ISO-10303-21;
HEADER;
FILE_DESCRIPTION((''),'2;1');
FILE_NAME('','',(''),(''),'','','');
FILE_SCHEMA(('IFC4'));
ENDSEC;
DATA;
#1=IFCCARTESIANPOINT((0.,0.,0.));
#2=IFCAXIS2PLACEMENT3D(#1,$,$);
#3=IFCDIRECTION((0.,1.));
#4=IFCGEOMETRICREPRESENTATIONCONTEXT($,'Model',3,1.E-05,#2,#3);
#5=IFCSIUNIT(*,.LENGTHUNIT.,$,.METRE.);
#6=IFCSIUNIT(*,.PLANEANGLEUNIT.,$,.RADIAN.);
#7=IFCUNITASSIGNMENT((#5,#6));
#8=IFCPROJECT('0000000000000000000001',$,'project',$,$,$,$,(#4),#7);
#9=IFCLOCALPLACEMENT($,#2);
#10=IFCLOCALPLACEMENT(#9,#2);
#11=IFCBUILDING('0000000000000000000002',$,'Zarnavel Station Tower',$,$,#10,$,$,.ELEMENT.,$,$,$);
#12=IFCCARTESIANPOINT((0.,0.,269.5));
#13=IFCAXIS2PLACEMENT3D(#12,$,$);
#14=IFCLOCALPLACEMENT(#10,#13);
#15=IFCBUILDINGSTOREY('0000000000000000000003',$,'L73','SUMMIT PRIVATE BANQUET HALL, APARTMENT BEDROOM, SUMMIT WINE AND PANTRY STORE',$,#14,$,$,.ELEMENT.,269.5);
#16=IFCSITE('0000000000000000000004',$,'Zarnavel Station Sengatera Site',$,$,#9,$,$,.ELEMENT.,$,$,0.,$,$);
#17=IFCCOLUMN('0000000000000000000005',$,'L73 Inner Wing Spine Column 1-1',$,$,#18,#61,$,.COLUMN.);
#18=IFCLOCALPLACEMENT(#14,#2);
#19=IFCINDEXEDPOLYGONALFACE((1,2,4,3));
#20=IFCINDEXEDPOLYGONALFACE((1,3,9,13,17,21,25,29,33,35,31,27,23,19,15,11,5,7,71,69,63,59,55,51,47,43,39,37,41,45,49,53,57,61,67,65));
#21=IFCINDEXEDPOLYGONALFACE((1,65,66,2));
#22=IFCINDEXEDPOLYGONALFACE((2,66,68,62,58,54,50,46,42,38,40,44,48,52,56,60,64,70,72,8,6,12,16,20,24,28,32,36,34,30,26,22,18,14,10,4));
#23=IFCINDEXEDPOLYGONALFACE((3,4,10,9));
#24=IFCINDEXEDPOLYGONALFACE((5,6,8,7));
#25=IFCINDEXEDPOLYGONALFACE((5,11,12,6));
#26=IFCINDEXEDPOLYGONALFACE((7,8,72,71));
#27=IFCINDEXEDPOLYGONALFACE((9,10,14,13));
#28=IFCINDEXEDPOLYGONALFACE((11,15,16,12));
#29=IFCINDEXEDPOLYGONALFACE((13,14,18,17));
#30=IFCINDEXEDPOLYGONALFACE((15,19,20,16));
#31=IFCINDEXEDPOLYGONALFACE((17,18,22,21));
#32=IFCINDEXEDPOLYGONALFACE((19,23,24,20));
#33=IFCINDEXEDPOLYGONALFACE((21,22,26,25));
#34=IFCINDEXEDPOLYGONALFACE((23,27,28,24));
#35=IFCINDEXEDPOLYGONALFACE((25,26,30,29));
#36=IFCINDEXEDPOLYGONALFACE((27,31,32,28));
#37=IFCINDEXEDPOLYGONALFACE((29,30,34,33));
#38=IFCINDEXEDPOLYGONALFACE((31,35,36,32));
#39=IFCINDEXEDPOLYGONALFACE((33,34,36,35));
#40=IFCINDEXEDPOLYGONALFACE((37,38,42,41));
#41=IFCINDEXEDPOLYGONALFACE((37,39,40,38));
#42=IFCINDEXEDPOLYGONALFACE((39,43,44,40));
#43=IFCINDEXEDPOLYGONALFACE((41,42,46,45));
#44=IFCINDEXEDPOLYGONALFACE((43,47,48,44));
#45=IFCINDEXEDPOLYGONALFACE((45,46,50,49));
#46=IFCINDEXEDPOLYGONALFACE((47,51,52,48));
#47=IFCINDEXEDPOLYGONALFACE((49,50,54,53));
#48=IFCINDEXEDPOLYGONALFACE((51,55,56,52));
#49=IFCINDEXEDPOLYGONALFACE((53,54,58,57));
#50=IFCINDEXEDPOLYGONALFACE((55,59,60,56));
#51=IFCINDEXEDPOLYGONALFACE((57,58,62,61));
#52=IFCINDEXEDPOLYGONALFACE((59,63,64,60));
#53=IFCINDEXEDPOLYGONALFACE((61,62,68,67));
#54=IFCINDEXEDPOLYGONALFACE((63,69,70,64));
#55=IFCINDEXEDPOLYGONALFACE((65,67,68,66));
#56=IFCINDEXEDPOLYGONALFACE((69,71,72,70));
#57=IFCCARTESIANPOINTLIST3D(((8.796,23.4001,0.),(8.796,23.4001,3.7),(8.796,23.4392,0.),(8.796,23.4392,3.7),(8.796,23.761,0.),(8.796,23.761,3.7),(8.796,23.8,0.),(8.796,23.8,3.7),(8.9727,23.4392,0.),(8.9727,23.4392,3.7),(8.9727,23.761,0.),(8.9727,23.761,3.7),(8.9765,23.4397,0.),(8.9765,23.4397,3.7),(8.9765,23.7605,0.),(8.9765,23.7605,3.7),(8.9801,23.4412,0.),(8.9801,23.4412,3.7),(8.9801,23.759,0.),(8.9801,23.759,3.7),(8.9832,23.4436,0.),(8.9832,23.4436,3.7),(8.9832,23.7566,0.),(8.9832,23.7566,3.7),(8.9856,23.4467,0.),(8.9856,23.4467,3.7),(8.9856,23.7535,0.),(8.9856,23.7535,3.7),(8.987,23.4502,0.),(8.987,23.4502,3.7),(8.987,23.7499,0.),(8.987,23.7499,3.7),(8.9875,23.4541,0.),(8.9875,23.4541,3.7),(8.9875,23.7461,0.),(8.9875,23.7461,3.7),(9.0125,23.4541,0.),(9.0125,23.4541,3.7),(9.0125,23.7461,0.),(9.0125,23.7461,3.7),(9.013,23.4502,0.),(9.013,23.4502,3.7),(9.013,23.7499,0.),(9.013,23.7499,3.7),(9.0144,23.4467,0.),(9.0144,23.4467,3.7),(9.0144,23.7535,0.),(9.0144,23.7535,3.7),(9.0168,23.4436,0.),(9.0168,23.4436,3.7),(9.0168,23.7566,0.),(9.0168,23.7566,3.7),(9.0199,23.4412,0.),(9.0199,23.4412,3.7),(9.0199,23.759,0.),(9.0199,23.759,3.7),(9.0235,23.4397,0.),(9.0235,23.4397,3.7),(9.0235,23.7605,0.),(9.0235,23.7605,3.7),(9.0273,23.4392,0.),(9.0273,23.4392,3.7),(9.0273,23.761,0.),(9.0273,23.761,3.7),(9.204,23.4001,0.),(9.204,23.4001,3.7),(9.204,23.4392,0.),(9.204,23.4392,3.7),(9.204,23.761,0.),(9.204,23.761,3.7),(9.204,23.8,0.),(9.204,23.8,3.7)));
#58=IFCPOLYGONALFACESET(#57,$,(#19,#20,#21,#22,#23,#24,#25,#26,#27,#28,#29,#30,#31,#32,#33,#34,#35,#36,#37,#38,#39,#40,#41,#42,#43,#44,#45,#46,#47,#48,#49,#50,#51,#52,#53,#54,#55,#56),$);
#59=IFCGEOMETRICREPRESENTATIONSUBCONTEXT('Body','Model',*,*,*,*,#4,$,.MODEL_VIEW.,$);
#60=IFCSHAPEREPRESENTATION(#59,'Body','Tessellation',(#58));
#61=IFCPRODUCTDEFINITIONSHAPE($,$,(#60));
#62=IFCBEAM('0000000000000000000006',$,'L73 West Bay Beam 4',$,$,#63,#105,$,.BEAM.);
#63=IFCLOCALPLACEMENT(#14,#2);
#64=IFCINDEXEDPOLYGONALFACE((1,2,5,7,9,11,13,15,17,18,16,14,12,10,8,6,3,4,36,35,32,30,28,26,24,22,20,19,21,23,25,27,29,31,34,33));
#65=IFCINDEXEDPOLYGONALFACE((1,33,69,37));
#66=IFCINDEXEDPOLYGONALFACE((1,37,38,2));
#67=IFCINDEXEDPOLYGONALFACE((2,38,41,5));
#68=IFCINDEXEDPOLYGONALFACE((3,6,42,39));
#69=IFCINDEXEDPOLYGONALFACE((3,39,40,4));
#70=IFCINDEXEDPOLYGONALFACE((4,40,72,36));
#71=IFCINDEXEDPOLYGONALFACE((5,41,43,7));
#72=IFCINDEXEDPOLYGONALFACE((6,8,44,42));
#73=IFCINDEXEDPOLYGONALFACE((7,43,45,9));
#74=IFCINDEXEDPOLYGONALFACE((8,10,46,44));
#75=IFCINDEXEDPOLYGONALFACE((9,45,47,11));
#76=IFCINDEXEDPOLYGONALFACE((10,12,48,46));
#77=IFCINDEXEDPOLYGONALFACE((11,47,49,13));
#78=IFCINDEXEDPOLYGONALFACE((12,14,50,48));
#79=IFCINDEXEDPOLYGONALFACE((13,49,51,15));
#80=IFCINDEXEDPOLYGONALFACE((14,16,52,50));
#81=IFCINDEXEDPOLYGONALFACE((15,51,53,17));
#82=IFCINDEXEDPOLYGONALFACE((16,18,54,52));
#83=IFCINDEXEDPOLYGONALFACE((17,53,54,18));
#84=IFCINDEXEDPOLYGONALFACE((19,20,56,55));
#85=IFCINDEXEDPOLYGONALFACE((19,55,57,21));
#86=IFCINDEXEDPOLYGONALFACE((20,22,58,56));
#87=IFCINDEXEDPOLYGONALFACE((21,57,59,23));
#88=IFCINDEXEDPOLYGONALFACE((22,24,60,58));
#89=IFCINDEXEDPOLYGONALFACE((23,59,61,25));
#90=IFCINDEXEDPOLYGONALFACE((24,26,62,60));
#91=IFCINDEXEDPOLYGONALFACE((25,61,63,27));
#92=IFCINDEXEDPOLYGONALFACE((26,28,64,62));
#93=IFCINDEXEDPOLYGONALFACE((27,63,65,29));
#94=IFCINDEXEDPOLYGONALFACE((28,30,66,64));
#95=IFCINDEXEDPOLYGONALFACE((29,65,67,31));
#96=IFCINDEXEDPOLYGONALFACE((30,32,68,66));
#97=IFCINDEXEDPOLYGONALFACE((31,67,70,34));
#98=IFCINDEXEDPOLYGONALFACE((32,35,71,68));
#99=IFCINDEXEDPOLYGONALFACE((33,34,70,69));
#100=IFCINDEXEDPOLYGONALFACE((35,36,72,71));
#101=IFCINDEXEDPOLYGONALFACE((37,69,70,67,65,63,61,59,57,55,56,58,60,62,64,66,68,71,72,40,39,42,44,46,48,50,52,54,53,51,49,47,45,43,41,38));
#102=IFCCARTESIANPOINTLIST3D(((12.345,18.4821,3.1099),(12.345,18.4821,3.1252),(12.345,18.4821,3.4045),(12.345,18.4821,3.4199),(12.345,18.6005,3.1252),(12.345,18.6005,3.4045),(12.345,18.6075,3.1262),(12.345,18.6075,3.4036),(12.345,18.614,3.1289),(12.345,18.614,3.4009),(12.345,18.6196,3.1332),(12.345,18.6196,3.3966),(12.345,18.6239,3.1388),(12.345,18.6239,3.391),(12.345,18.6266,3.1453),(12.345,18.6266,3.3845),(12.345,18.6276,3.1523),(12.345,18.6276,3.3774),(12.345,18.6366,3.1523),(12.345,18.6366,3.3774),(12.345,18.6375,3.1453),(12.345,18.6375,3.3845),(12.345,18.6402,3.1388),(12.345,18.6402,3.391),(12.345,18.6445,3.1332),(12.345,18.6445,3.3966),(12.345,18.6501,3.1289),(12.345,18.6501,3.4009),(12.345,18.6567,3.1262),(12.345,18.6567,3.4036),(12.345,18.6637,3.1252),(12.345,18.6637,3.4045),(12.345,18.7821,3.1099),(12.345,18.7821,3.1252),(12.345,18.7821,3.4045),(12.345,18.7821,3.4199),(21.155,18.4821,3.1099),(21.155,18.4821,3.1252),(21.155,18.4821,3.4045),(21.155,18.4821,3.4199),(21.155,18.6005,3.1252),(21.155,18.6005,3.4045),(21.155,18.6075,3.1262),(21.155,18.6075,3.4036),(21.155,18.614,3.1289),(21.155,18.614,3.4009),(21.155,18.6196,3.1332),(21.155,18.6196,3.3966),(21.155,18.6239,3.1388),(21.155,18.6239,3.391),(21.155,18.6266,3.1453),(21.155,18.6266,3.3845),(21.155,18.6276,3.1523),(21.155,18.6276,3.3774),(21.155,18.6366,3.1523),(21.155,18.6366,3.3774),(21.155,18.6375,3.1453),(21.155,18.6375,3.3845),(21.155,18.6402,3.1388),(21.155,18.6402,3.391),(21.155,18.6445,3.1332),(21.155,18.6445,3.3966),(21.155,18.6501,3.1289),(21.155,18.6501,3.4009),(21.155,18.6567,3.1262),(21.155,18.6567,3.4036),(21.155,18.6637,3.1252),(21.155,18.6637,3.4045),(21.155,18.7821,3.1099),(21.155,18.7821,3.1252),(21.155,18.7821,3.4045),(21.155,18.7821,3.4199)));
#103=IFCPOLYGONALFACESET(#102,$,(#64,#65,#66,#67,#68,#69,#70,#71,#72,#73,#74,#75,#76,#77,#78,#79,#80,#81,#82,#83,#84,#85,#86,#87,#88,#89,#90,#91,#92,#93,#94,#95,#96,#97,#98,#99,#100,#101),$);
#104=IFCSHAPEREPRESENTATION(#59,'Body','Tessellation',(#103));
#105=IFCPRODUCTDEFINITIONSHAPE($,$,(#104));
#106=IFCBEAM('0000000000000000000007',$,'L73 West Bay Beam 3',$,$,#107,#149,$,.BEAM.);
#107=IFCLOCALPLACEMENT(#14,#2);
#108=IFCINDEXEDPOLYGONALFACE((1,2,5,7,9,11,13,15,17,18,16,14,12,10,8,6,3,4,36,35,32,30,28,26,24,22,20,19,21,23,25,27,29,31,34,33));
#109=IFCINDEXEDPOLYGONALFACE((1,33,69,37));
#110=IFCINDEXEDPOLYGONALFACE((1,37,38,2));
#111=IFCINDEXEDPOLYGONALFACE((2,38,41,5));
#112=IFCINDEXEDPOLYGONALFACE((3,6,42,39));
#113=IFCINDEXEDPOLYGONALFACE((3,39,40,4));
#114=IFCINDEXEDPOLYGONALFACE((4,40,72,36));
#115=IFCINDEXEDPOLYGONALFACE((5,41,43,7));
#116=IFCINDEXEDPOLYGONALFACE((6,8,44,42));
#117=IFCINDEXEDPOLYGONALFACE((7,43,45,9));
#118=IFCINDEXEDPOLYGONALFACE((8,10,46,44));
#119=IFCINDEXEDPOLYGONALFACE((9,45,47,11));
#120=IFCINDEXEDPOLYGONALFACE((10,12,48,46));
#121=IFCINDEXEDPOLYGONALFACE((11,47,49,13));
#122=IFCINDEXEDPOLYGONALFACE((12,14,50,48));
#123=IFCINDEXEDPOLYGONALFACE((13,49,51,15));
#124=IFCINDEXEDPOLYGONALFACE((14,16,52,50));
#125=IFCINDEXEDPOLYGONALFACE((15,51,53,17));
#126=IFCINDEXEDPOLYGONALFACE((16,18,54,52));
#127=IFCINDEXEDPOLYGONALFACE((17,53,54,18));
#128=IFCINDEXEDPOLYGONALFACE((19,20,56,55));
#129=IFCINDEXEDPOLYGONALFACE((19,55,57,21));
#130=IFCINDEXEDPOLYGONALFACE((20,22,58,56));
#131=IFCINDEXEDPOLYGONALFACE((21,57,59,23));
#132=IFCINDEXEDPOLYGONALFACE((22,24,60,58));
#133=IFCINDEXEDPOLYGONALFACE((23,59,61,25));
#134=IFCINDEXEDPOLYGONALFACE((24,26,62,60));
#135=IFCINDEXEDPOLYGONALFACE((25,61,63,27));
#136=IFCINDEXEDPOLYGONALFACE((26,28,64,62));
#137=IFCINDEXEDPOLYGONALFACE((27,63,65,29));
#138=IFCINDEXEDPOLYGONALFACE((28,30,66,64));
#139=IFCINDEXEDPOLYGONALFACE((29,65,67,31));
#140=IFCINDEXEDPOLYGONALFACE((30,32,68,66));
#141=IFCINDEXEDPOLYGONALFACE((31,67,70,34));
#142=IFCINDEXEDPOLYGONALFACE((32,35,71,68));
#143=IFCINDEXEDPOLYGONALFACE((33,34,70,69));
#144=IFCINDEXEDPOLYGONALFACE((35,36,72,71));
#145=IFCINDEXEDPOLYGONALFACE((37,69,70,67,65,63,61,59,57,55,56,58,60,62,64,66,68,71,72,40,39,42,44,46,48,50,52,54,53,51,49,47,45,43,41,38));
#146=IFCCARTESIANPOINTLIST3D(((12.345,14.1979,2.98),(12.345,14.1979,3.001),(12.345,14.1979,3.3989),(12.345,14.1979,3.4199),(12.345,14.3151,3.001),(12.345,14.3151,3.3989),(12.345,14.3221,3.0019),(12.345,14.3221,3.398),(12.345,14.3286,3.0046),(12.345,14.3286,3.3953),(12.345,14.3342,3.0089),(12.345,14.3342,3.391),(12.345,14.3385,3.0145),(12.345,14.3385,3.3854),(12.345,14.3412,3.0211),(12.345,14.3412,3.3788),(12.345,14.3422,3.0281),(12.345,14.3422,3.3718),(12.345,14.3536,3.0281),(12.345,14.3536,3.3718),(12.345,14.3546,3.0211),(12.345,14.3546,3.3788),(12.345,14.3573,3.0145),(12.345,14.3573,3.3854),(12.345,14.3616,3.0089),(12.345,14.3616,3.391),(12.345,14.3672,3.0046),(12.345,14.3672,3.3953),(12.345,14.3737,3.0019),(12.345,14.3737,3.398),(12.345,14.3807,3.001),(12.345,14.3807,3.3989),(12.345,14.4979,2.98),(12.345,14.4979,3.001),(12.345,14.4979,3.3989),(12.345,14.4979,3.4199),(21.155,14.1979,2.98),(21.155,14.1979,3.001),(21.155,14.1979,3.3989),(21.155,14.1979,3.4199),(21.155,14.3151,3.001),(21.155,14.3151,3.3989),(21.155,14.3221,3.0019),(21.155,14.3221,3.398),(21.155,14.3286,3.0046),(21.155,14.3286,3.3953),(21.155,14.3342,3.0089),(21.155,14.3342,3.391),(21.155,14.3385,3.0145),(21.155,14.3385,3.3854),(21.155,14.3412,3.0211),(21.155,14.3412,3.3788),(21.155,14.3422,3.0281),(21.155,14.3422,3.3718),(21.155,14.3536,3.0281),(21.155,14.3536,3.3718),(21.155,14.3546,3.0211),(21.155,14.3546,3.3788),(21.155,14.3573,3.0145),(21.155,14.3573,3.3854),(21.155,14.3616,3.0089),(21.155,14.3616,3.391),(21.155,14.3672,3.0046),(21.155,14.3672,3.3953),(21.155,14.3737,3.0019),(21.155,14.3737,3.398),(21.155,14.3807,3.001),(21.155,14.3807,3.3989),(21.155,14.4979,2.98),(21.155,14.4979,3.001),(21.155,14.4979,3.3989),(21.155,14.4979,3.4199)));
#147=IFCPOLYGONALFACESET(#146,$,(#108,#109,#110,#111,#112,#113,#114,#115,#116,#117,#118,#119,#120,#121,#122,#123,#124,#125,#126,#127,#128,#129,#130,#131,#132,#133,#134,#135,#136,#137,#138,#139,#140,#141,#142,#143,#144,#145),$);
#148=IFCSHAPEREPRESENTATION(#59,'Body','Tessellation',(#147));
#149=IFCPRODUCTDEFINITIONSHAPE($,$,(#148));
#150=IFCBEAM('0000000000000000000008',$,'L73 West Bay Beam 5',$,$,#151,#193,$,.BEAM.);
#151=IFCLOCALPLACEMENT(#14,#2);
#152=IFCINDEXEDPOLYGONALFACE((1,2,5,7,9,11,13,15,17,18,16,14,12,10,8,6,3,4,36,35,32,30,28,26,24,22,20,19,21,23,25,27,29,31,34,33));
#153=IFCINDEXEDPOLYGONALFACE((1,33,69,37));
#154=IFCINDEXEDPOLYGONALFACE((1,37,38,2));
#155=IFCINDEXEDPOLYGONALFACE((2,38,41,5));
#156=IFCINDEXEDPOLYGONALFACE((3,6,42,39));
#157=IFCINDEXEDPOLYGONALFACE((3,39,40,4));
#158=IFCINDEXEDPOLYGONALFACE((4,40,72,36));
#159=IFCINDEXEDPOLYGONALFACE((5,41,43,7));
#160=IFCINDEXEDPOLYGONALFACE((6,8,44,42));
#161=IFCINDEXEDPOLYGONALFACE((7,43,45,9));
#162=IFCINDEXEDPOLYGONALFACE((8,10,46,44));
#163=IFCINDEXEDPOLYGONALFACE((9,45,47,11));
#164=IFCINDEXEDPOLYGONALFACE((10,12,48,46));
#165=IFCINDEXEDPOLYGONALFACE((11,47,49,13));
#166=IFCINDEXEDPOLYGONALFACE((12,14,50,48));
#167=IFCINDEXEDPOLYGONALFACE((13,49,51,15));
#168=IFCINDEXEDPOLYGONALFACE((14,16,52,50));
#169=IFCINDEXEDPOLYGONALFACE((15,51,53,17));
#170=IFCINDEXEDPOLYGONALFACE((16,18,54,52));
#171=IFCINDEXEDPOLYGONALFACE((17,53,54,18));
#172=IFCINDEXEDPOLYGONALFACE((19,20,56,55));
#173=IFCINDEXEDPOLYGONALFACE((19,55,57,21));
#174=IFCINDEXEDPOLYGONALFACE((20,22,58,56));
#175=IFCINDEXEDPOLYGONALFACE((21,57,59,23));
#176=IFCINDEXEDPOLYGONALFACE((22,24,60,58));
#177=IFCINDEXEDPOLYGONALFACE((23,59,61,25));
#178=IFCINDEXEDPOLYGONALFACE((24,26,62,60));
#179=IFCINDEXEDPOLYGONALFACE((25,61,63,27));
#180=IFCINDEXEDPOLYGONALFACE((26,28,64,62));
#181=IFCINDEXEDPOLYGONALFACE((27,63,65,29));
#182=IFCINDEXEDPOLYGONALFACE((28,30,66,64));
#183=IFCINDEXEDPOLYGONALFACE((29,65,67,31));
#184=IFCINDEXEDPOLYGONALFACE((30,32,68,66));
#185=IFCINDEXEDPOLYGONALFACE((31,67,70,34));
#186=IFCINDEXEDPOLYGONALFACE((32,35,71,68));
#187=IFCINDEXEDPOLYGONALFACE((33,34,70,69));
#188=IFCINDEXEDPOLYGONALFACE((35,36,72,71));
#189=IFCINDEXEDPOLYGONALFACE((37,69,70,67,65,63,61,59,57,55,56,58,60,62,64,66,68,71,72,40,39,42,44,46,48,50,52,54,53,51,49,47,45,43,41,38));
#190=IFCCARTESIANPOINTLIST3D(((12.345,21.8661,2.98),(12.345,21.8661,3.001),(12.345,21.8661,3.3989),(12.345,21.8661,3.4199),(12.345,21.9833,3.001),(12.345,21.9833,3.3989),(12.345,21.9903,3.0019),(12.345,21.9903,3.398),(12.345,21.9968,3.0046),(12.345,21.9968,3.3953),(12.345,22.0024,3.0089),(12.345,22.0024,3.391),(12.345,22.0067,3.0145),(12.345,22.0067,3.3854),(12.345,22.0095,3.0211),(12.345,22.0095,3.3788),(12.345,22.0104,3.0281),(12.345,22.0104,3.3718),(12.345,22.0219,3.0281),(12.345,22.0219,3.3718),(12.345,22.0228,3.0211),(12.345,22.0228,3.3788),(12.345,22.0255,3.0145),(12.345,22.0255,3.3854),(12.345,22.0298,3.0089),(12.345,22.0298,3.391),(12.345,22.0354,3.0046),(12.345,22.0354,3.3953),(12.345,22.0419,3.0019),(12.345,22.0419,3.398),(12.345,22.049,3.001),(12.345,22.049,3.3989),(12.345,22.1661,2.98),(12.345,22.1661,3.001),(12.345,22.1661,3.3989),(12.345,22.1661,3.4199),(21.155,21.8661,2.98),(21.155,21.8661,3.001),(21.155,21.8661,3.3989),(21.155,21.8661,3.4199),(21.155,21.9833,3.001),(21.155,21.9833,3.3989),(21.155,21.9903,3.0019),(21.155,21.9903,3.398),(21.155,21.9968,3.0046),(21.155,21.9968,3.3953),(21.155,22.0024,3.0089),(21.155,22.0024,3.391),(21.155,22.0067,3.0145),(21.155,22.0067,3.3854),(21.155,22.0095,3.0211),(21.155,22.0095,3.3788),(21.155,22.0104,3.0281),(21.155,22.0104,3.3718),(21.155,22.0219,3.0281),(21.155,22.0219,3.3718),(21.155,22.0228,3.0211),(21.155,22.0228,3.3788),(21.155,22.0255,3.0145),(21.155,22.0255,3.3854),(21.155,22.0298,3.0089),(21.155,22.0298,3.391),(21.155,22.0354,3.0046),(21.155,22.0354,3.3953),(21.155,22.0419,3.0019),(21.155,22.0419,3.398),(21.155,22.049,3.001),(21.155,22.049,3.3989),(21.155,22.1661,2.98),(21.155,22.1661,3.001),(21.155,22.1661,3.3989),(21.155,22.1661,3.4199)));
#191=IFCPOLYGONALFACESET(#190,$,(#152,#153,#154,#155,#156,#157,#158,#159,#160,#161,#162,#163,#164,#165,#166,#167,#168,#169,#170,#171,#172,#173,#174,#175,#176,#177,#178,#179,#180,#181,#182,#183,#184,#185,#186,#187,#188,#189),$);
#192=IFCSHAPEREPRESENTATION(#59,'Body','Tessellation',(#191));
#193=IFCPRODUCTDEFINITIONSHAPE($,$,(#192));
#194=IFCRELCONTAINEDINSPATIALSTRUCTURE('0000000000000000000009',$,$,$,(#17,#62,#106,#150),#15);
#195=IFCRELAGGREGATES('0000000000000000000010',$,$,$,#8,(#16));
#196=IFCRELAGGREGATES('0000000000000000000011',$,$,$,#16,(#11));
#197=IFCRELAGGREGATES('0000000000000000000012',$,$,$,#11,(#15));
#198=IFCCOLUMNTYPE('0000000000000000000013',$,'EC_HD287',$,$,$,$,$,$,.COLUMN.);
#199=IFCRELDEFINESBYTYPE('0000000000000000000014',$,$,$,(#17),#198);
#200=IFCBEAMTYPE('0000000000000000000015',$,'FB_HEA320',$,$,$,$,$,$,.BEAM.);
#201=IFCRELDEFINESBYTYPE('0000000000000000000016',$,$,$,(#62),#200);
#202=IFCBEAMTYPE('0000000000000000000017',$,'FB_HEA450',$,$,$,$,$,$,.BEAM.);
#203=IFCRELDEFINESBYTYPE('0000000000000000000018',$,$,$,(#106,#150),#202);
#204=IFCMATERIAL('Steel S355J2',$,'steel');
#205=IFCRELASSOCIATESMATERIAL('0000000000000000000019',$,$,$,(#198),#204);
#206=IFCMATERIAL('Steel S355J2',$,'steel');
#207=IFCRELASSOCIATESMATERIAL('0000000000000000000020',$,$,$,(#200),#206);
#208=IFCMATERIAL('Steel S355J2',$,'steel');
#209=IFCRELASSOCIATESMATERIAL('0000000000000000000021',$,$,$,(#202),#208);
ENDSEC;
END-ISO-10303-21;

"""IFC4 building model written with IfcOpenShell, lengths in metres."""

from ifc_helpers import new_model, si_unit, direction, frame, origin, origin_2d, place, context, subcontext, project, spatial, i_section, extrude, material, material_profile, profile_set, type_object, element, save


model = new_model("IFC4")

# Units and contexts
model_context = context("Model", 3, precision=1e-05, world=origin(), true_north=direction((0.0, 1.0)))
body_context = subcontext(model_context, "Body", "Model", "MODEL_VIEW")
ifc_project = project(units=[si_unit("LENGTHUNIT", "METRE"), si_unit("PLANEANGLEUNIT", "RADIAN")], contexts=[model_context])

# Site, building, storey
site_placement = place(None, origin())
site = spatial("IfcSite", under=ifc_project, at=site_placement, Name="Zarnavel Station Sengatera Site", CompositionType="ELEMENT", RefElevation=0.0)
building_placement = place(site_placement, origin())
building = spatial("IfcBuilding", under=site, at=building_placement, Name="Zarnavel Station Tower", CompositionType="ELEMENT")
storey_placement = place(building_placement, frame((0.0, 0.0, 269.5)))
storey = spatial("IfcBuildingStorey", under=building, at=storey_placement, Name="L73", Description="SUMMIT PRIVATE BANQUET HALL, APARTMENT BEDROOM, SUMMIT WINE AND PANTRY STORE", CompositionType="ELEMENT", Elevation=269.5)

# Column
ifc_material_1 = material(Name="Steel S355J2", Category="steel")
ifc_material_profile_1 = material_profile(ifc_material_1, i_section(OverallWidth=0.408, OverallDepth=0.3999, WebThickness=0.0249, FlangeThickness=0.0391, FilletRadius=0.0149, at=origin_2d()), Name="HD400x287")
ifc_profile_set_1 = profile_set([ifc_material_profile_1], Name="Steel S355J2")
column_type = type_object("IfcColumnType", Name="EC_HD287", PredefinedType="COLUMN", material=ifc_profile_set_1)
column_placement = place(storey_placement, frame((9.0, 23.6001, 0.0), z_axis=(0.0, 0.0, 1.0), x_axis=(1.0, 0.0, 0.0)))
element("IfcColumn", 1, at=column_placement, inside=storey, type_object=column_type, Name="L73 Inner Wing Spine Column 1-1", PredefinedType="COLUMN", context=body_context, shape_type="SweptSolid", body=[
    extrude(i_section(OverallWidth=0.408, OverallDepth=0.3999, WebThickness=0.0249, FlangeThickness=0.0391, FilletRadius=0.0149, at=origin_2d()), origin(), (0.0, 0.0, 1.0), 3.7),
])

# Beams
ifc_material_2 = material(Name="Steel S355J2", Category="steel")
ifc_material_profile_2 = material_profile(ifc_material_2, i_section(OverallWidth=0.3, OverallDepth=0.3101, WebThickness=0.009, FlangeThickness=0.0154, FilletRadius=0.0271, at=origin_2d()), Name="HEA320")
ifc_profile_set_2 = profile_set([ifc_material_profile_2], Name="Steel S355J2")
beam_type_1 = type_object("IfcBeamType", Name="FB_HEA320", PredefinedType="BEAM", material=ifc_profile_set_2)
beam_1_placement = place(storey_placement, frame((12.345, 18.6321, 3.2649), z_axis=(1.0, 0.0, 0.0), x_axis=(0.0, 1.0, 0.0)))
element("IfcBeam", 2, at=beam_1_placement, inside=storey, type_object=beam_type_1, Name="L73 West Bay Beam 4", PredefinedType="BEAM", context=body_context, shape_type="SweptSolid", body=[
    extrude(i_section(OverallWidth=0.3, OverallDepth=0.3101, WebThickness=0.009, FlangeThickness=0.0154, FilletRadius=0.0271, at=origin_2d()), origin(), (0.0, 0.0, 1.0), 8.8101),
])
ifc_material_3 = material(Name="Steel S355J2", Category="steel")
ifc_material_profile_3 = material_profile(ifc_material_3, i_section(OverallWidth=0.3, OverallDepth=0.4399, WebThickness=0.0115, FlangeThickness=0.021, FilletRadius=0.0271, at=origin_2d()), Name="HEA450")
ifc_profile_set_3 = profile_set([ifc_material_profile_3], Name="Steel S355J2")
beam_type_2 = type_object("IfcBeamType", Name="FB_HEA450", PredefinedType="BEAM", material=ifc_profile_set_3)
for number, where, z_axis, x_axis, name in (
    (3, (12.345, 14.3479, 3.2), (1.0, 0.0, 0.0), (0.0, 1.0, 0.0), "L73 West Bay Beam 3"),
    (4, (12.345, 22.0161, 3.2), (1.0, 0.0, 0.0), (0.0, 1.0, 0.0), "L73 West Bay Beam 5"),
):
    element("IfcBeam", number, at=place(storey_placement, frame(where, z_axis=z_axis, x_axis=x_axis)), inside=storey, type_object=beam_type_2, Name=name, PredefinedType="BEAM", context=body_context, shape_type="SweptSolid", body=[
        extrude(i_section(OverallWidth=0.3, OverallDepth=0.4399, WebThickness=0.0115, FlangeThickness=0.021, FilletRadius=0.0271, at=origin_2d()), origin(), (0.0, 0.0, 1.0), 8.8101),
    ])

save(model, "model.ifc")
